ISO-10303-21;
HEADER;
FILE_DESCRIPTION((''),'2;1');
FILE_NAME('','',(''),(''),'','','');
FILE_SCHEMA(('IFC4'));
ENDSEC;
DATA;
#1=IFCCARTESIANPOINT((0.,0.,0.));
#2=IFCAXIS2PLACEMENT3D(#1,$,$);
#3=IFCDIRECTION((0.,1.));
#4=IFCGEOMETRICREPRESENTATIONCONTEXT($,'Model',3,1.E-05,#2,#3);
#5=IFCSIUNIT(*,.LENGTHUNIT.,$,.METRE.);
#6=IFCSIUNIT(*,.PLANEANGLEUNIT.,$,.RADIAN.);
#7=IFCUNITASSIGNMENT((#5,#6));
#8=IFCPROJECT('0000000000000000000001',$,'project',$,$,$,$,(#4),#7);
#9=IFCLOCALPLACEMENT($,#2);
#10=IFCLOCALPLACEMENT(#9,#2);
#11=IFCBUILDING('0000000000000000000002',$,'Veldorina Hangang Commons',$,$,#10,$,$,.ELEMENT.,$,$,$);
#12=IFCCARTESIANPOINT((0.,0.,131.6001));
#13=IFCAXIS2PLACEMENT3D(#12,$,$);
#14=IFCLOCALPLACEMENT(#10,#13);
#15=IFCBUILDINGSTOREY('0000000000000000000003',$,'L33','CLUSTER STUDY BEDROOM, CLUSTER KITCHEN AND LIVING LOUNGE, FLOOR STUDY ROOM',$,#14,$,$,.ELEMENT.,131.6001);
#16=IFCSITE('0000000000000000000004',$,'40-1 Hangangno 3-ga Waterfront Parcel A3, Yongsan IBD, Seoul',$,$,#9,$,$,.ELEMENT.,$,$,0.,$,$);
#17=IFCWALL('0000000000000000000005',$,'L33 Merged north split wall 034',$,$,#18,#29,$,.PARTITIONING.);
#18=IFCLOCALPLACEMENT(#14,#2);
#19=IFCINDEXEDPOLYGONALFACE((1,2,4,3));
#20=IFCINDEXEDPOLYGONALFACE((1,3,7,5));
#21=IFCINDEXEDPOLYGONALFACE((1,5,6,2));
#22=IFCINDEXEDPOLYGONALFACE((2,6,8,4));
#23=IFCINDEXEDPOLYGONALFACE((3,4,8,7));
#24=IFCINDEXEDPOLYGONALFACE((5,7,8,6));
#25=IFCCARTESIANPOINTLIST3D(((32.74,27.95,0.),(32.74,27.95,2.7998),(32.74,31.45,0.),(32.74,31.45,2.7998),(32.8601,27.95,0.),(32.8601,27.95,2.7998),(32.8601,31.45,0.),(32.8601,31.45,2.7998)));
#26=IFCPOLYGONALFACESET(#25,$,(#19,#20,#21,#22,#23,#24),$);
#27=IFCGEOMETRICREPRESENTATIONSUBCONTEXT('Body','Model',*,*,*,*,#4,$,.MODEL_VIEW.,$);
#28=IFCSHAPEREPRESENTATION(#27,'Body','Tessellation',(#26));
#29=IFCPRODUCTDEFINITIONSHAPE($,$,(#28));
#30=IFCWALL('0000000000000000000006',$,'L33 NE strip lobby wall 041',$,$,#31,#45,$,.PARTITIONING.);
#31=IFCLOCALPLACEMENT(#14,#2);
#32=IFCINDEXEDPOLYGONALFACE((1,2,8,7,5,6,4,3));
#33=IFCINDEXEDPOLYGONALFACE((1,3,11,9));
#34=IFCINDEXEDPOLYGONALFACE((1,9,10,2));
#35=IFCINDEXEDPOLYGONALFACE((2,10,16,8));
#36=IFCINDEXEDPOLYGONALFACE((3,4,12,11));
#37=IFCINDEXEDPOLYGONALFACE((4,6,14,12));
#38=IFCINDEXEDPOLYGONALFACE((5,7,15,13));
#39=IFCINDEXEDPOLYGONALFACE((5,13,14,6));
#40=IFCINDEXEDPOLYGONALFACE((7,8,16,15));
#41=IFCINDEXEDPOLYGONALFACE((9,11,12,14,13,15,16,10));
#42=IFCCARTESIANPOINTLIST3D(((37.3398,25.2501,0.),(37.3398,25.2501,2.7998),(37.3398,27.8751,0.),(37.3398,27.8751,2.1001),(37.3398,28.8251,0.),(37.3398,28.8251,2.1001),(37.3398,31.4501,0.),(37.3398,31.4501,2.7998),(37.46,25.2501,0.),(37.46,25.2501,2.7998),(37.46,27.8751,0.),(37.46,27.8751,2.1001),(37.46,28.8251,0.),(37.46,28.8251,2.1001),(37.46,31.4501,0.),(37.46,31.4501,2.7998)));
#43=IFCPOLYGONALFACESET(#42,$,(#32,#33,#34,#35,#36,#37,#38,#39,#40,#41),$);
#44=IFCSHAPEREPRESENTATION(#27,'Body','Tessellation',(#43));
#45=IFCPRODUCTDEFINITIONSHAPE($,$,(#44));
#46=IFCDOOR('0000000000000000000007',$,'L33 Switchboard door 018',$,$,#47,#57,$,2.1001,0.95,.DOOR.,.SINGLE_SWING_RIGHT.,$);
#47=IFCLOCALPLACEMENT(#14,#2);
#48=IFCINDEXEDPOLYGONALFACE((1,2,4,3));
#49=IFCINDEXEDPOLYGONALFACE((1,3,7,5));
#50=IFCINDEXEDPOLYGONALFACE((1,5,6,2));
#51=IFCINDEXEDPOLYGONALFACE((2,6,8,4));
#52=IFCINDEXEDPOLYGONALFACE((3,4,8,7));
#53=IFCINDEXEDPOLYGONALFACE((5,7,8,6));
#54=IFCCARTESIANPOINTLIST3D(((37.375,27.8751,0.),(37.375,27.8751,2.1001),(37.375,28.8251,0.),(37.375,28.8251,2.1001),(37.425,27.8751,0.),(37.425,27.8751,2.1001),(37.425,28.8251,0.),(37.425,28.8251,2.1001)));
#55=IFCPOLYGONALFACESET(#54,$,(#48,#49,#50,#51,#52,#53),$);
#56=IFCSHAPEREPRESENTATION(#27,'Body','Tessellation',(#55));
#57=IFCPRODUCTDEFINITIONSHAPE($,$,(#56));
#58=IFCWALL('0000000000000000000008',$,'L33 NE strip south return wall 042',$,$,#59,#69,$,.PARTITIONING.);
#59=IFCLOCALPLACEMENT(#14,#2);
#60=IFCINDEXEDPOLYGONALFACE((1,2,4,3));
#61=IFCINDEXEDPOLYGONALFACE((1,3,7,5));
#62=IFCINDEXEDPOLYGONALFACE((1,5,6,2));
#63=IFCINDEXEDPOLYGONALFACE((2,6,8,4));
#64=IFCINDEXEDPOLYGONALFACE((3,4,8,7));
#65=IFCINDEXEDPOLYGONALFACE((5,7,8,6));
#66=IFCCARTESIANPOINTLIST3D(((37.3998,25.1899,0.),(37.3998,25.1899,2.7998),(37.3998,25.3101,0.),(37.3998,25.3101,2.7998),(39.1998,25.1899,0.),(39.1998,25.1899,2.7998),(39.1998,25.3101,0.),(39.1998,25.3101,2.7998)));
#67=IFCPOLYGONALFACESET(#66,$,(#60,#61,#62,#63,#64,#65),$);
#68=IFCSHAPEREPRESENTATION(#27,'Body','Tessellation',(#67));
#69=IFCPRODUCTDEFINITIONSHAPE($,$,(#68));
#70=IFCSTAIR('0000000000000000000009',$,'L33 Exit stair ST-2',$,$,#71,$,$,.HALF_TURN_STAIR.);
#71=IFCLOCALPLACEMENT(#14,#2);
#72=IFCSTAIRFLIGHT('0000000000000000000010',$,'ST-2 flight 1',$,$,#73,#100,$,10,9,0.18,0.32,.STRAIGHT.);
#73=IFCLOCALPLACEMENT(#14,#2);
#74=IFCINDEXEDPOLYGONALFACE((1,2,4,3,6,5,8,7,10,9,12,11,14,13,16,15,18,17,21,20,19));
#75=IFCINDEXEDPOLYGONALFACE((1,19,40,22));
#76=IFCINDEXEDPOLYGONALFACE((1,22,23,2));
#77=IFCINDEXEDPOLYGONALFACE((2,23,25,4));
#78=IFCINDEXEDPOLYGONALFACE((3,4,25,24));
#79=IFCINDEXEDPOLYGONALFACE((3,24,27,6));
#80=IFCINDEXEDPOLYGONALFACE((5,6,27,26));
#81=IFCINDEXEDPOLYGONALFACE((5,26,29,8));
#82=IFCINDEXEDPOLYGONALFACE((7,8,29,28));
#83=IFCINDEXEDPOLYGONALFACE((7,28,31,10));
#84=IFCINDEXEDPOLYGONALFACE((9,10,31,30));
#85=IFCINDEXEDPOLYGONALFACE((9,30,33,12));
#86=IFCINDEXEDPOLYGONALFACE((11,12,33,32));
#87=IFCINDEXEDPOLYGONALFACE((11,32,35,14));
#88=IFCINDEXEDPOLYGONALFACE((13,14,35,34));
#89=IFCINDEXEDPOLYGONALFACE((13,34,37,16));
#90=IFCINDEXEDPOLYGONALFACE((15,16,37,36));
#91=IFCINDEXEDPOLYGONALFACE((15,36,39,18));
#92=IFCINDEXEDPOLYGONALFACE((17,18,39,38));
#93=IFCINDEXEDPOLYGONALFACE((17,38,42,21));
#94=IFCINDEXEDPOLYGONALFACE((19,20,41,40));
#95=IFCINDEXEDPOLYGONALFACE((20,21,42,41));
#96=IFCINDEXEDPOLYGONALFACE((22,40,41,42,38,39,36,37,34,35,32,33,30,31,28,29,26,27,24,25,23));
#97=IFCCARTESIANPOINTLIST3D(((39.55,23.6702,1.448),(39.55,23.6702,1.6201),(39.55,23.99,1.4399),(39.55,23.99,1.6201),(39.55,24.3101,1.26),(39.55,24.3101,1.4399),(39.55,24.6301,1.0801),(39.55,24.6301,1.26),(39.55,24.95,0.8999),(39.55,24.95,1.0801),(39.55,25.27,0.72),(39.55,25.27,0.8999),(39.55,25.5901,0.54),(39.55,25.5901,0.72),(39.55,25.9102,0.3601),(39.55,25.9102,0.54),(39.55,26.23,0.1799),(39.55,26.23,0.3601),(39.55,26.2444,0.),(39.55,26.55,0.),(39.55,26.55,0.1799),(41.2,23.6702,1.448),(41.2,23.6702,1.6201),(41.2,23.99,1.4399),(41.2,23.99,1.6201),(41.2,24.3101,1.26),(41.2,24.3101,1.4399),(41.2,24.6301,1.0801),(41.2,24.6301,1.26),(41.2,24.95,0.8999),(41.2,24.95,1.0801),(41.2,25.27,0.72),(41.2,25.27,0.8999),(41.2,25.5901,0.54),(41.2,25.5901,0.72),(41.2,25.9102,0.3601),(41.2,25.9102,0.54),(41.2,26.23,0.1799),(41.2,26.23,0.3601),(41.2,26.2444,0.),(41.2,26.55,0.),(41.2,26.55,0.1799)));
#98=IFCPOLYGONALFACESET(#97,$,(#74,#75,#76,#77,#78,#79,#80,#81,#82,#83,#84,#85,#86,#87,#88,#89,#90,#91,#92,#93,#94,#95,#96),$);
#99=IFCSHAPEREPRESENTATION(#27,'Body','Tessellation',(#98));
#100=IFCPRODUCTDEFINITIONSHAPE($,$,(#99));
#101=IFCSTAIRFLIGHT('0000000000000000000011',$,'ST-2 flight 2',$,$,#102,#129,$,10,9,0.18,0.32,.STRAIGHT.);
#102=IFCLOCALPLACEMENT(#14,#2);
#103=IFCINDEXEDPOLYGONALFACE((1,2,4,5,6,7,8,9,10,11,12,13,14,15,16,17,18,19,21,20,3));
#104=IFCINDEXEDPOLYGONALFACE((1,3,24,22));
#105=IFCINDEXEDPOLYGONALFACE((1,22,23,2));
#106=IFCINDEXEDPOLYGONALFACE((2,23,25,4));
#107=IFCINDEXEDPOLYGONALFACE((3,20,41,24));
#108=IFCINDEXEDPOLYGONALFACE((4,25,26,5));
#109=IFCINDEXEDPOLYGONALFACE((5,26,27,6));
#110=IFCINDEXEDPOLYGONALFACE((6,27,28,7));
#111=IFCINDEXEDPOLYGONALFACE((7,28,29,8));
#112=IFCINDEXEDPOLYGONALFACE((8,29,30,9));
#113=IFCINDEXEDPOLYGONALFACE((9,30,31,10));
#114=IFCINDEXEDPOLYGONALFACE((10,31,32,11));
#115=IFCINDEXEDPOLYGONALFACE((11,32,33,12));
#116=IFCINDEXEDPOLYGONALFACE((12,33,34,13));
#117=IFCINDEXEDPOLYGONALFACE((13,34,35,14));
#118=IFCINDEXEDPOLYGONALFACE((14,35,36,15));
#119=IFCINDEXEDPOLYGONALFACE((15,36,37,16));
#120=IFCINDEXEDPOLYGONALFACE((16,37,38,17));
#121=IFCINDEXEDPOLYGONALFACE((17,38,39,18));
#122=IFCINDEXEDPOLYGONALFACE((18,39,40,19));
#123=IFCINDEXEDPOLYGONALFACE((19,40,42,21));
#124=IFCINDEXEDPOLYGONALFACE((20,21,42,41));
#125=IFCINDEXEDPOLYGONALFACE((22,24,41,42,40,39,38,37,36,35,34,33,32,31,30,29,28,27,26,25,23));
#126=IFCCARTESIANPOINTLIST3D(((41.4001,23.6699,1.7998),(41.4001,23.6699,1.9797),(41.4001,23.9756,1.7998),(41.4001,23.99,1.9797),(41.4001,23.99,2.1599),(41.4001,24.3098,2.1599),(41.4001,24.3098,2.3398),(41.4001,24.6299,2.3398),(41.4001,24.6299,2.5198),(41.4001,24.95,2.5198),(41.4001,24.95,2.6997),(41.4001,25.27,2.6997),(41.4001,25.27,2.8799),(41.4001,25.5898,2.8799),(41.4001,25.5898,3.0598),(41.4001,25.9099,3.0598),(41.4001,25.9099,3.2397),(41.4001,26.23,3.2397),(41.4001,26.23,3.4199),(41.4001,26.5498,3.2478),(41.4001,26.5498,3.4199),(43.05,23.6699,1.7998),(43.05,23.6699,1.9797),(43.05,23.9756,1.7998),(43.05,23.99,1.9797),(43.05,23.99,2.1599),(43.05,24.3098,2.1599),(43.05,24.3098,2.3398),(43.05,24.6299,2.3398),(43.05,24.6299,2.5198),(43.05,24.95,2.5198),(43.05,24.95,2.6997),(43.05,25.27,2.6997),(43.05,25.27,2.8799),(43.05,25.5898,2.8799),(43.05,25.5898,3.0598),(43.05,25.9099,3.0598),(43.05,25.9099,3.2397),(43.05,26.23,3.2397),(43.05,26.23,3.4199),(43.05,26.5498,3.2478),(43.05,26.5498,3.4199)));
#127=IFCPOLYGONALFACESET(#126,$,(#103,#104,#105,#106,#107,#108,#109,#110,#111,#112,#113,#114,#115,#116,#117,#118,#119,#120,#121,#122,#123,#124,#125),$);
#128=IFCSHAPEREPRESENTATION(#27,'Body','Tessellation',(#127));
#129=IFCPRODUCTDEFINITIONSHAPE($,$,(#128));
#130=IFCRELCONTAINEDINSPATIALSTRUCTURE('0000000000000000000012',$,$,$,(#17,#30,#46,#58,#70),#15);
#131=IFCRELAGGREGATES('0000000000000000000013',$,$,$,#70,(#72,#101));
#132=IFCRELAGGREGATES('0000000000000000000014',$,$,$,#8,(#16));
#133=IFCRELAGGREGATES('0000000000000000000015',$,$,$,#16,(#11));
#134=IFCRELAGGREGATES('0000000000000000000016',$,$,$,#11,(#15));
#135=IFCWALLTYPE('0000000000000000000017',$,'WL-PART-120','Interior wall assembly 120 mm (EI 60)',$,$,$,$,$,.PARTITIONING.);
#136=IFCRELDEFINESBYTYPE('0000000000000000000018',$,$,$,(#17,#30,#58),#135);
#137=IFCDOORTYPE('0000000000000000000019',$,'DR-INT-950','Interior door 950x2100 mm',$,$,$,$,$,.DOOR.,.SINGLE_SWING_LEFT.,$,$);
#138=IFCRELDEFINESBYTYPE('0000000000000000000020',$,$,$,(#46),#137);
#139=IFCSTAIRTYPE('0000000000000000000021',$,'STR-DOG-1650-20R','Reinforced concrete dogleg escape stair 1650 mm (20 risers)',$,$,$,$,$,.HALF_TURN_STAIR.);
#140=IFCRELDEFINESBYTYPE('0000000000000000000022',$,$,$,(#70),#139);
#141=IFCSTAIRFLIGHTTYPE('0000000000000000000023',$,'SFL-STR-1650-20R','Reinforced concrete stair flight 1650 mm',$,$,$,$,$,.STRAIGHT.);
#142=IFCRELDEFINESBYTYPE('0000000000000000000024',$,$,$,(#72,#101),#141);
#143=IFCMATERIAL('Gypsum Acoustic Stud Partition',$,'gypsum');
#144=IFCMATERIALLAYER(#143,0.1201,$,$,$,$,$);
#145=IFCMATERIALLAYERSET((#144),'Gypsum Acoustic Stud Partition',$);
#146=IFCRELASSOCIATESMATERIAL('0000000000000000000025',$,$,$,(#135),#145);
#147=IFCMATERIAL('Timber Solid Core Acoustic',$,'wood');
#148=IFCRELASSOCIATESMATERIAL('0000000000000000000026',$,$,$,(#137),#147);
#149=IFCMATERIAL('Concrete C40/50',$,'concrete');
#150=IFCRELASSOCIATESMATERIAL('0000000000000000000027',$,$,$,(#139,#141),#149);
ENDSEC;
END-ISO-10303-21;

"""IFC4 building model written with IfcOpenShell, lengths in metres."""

from ifc_helpers import new_model, si_unit, direction, frame, frame_2d, origin, place, context, subcontext, project, spatial, polyline, rectangle, outline, extrude, material, layer, layer_set, type_object, element, fill, aggregate, save


model = new_model("IFC4")

# Units and contexts
model_context = context("Model", 3, precision=1e-05, world=origin(), true_north=direction((0.0, 1.0)))
body_context = subcontext(model_context, "Body", "Model", "MODEL_VIEW")
ifc_project = project(units=[si_unit("LENGTHUNIT", "METRE"), si_unit("PLANEANGLEUNIT", "RADIAN")], contexts=[model_context])

# Site, building, storey
site_placement = place(None, origin())
site = spatial("IfcSite", under=ifc_project, at=site_placement, Name="40-1 Hangangno 3-ga Waterfront Parcel A3, Yongsan IBD, Seoul", CompositionType="ELEMENT", RefElevation=0.0)
building_placement = place(site_placement, origin())
building = spatial("IfcBuilding", under=site, at=building_placement, Name="Veldorina Hangang Commons", CompositionType="ELEMENT")
storey_placement = place(building_placement, frame((0.0, 0.0, 131.6001)))
storey = spatial("IfcBuildingStorey", under=building, at=storey_placement, Name="L33", Description="CLUSTER STUDY BEDROOM, CLUSTER KITCHEN AND LIVING LOUNGE, FLOOR STUDY ROOM", CompositionType="ELEMENT", Elevation=131.6001)

# Shared definitions
ifc_material_1 = material(Name="Gypsum Acoustic Stud Partition", Category="gypsum")
ifc_layer_1 = layer(ifc_material_1, 0.1201)
ifc_layer_set_1 = layer_set([ifc_layer_1], Name="Gypsum Acoustic Stud Partition")
wall_type_1 = type_object("IfcWallType", Name="WL-PART-120", Description="Interior wall assembly 120 mm (EI 60)", PredefinedType="PARTITIONING", material=ifc_layer_set_1)
ifc_material_2 = material(Name="Timber Solid Core Acoustic", Category="wood")
door_type_1 = type_object("IfcDoorType", Name="DR-INT-950", Description="Interior door 950x2100 mm", OperationType="SINGLE_SWING_LEFT", PredefinedType="DOOR", material=ifc_material_2)

# Wall
wall_1_placement = place(storey_placement, frame((32.8, 27.95, 0.0), z_axis=(0.0, 0.0, 1.0), x_axis=(0.0, 1.0, 0.0)))
element("IfcWall", 1, at=wall_1_placement, inside=storey, type_object=wall_type_1, Name="L33 Merged north split wall 034", PredefinedType="PARTITIONING", context=body_context, shape_type="SweptSolid", body=[
    extrude(rectangle(XDim=3.5, YDim=0.1201, at=frame_2d((1.75, 0.0))), origin(), (0.0, 0.0, 1.0), 2.7998),
])

# Wall, opening, door
wall_2_placement = place(storey_placement, frame((37.3999, 25.25, 0.0), z_axis=(0.0, 0.0, 1.0), x_axis=(0.0, 1.0, 0.0)))
wall_2 = element("IfcWall", 2, at=wall_2_placement, inside=storey, type_object=wall_type_1, Name="L33 NE strip lobby wall 041", PredefinedType="PARTITIONING", context=body_context, shape_type="SweptSolid", body=[
    extrude(rectangle(XDim=6.2, YDim=0.1201, at=frame_2d((3.1001, 0.0))), origin(), (0.0, 0.0, 1.0), 2.7998),
])
opening_1_placement = place(wall_2_placement, frame((2.625, 0.0, 0.0)))
opening_1 = element("IfcOpeningElement", 3, at=opening_1_placement, cuts=wall_2, PredefinedType="OPENING", context=body_context, shape_type="SweptSolid", body=[
    extrude(rectangle(XDim=0.95, YDim=2.1001, at=frame_2d((0.4751, 1.05))), frame((0.0, 0.0701, 0.0), z_axis=(0.0, -1.0, 0.0), x_axis=(1.0, 0.0, 0.0)), (0.0, 0.0, 1.0), 0.1401),
])
door_1_placement = place(opening_1_placement, origin())
door_1 = element("IfcDoor", 4, at=door_1_placement, inside=storey, type_object=door_type_1, Name="L33 Switchboard door 018", OperationType="SINGLE_SWING_RIGHT", OverallHeight=2.1001, OverallWidth=0.95, PredefinedType="DOOR", context=body_context, shape_type="SweptSolid", body=[
    extrude(rectangle(XDim=0.95, YDim=2.1001, at=frame_2d((0.4751, 1.05))), frame((0.0, 0.0249, 0.0), z_axis=(0.0, -1.0, 0.0), x_axis=(1.0, 0.0, 0.0)), (0.0, 0.0, 1.0), 0.05),
])
fill(opening_1, door_1)

# Wall
wall_3_placement = place(storey_placement, frame((37.3999, 25.25, 0.0), z_axis=(0.0, 0.0, 1.0), x_axis=(1.0, 0.0, 0.0)))
element("IfcWall", 5, at=wall_3_placement, inside=storey, type_object=wall_type_1, Name="L33 NE strip south return wall 042", PredefinedType="PARTITIONING", context=body_context, shape_type="SweptSolid", body=[
    extrude(rectangle(XDim=1.8, YDim=0.1201, at=frame_2d((0.8999, 0.0))), origin(), (0.0, 0.0, 1.0), 2.7998),
])

# Stair, stair flights
ifc_material_3 = material(Name="Concrete C40/50", Category="concrete")
stair_type = type_object("IfcStairType", Name="STR-DOG-1650-20R", Description="Reinforced concrete dogleg escape stair 1650 mm (20 risers)", PredefinedType="HALF_TURN_STAIR", material=ifc_material_3)
stair_placement = place(storey_placement, origin())
stair = element("IfcStair", 6, at=stair_placement, inside=storey, type_object=stair_type, Name="L33 Exit stair ST-2", PredefinedType="HALF_TURN_STAIR")
stair_flight_type = type_object("IfcStairFlightType", Name="SFL-STR-1650-20R", Description="Reinforced concrete stair flight 1650 mm", PredefinedType="STRAIGHT", material=ifc_material_3)
stair_flight_1_placement = place(storey_placement, frame((40.375, 26.55, 0.0), z_axis=(0.0, 0.0, 1.0), x_axis=(0.0, -1.0, 0.0)))
stair_flight_1 = element("IfcStairFlight", 7, at=stair_flight_1_placement, type_object=stair_flight_type, Name="ST-2 flight 1", NumberOfRisers=10, NumberOfTreads=9, PredefinedType="STRAIGHT", RiserHeight=0.18, TreadLength=0.32, context=body_context, shape_type="SweptSolid", body=[
    extrude(outline(polyline([(0.0, 0.0), (0.0, 0.1799), (0.3201, 0.1799), (0.3201, 0.3601), (0.6399, 0.3601), (0.6399, 0.54), (0.96, 0.54), (0.96, 0.72), (1.28, 0.72), (1.28, 0.8999), (1.6001, 0.8999), (1.6001, 1.0801), (1.9199, 1.0801), (1.9199, 1.26), (2.24, 1.26), (2.24, 1.4399), (2.5601, 1.4399), (2.5601, 1.6201), (2.8799, 1.6201), (2.8799, 1.8), (2.8799, 1.448), (0.3057, 0.0), (0.0, 0.0)])), frame((0.0, 0.825, 0.0), z_axis=(0.0, -1.0, 0.0), x_axis=(1.0, 0.0, 0.0)), (0.0, 0.0, 1.0), 1.6499),
])
stair_flight_2_placement = place(storey_placement, frame((42.2251, 23.6699, 1.7998), z_axis=(0.0, 0.0, 1.0), x_axis=(0.0, 1.0, 0.0)))
stair_flight_2 = element("IfcStairFlight", 8, at=stair_flight_2_placement, type_object=stair_flight_type, Name="ST-2 flight 2", NumberOfRisers=10, NumberOfTreads=9, PredefinedType="STRAIGHT", RiserHeight=0.18, TreadLength=0.32, context=body_context, shape_type="SweptSolid", body=[
    extrude(outline(polyline([(0.0, 0.0), (0.0, 0.1799), (0.3201, 0.1799), (0.3201, 0.3601), (0.6399, 0.3601), (0.6399, 0.54), (0.96, 0.54), (0.96, 0.72), (1.28, 0.72), (1.28, 0.8999), (1.6001, 0.8999), (1.6001, 1.0801), (1.9199, 1.0801), (1.9199, 1.26), (2.24, 1.26), (2.24, 1.4399), (2.5601, 1.4399), (2.5601, 1.6201), (2.8799, 1.6201), (2.8799, 1.8), (2.8799, 1.448), (0.3057, 0.0), (0.0, 0.0)])), frame((0.0, 0.825, 0.0), z_axis=(0.0, -1.0, 0.0), x_axis=(1.0, 0.0, 0.0)), (0.0, 0.0, 1.0), 1.6499),
])
aggregate(stair, [stair_flight_1, stair_flight_2])

save(model, "model.ifc")
